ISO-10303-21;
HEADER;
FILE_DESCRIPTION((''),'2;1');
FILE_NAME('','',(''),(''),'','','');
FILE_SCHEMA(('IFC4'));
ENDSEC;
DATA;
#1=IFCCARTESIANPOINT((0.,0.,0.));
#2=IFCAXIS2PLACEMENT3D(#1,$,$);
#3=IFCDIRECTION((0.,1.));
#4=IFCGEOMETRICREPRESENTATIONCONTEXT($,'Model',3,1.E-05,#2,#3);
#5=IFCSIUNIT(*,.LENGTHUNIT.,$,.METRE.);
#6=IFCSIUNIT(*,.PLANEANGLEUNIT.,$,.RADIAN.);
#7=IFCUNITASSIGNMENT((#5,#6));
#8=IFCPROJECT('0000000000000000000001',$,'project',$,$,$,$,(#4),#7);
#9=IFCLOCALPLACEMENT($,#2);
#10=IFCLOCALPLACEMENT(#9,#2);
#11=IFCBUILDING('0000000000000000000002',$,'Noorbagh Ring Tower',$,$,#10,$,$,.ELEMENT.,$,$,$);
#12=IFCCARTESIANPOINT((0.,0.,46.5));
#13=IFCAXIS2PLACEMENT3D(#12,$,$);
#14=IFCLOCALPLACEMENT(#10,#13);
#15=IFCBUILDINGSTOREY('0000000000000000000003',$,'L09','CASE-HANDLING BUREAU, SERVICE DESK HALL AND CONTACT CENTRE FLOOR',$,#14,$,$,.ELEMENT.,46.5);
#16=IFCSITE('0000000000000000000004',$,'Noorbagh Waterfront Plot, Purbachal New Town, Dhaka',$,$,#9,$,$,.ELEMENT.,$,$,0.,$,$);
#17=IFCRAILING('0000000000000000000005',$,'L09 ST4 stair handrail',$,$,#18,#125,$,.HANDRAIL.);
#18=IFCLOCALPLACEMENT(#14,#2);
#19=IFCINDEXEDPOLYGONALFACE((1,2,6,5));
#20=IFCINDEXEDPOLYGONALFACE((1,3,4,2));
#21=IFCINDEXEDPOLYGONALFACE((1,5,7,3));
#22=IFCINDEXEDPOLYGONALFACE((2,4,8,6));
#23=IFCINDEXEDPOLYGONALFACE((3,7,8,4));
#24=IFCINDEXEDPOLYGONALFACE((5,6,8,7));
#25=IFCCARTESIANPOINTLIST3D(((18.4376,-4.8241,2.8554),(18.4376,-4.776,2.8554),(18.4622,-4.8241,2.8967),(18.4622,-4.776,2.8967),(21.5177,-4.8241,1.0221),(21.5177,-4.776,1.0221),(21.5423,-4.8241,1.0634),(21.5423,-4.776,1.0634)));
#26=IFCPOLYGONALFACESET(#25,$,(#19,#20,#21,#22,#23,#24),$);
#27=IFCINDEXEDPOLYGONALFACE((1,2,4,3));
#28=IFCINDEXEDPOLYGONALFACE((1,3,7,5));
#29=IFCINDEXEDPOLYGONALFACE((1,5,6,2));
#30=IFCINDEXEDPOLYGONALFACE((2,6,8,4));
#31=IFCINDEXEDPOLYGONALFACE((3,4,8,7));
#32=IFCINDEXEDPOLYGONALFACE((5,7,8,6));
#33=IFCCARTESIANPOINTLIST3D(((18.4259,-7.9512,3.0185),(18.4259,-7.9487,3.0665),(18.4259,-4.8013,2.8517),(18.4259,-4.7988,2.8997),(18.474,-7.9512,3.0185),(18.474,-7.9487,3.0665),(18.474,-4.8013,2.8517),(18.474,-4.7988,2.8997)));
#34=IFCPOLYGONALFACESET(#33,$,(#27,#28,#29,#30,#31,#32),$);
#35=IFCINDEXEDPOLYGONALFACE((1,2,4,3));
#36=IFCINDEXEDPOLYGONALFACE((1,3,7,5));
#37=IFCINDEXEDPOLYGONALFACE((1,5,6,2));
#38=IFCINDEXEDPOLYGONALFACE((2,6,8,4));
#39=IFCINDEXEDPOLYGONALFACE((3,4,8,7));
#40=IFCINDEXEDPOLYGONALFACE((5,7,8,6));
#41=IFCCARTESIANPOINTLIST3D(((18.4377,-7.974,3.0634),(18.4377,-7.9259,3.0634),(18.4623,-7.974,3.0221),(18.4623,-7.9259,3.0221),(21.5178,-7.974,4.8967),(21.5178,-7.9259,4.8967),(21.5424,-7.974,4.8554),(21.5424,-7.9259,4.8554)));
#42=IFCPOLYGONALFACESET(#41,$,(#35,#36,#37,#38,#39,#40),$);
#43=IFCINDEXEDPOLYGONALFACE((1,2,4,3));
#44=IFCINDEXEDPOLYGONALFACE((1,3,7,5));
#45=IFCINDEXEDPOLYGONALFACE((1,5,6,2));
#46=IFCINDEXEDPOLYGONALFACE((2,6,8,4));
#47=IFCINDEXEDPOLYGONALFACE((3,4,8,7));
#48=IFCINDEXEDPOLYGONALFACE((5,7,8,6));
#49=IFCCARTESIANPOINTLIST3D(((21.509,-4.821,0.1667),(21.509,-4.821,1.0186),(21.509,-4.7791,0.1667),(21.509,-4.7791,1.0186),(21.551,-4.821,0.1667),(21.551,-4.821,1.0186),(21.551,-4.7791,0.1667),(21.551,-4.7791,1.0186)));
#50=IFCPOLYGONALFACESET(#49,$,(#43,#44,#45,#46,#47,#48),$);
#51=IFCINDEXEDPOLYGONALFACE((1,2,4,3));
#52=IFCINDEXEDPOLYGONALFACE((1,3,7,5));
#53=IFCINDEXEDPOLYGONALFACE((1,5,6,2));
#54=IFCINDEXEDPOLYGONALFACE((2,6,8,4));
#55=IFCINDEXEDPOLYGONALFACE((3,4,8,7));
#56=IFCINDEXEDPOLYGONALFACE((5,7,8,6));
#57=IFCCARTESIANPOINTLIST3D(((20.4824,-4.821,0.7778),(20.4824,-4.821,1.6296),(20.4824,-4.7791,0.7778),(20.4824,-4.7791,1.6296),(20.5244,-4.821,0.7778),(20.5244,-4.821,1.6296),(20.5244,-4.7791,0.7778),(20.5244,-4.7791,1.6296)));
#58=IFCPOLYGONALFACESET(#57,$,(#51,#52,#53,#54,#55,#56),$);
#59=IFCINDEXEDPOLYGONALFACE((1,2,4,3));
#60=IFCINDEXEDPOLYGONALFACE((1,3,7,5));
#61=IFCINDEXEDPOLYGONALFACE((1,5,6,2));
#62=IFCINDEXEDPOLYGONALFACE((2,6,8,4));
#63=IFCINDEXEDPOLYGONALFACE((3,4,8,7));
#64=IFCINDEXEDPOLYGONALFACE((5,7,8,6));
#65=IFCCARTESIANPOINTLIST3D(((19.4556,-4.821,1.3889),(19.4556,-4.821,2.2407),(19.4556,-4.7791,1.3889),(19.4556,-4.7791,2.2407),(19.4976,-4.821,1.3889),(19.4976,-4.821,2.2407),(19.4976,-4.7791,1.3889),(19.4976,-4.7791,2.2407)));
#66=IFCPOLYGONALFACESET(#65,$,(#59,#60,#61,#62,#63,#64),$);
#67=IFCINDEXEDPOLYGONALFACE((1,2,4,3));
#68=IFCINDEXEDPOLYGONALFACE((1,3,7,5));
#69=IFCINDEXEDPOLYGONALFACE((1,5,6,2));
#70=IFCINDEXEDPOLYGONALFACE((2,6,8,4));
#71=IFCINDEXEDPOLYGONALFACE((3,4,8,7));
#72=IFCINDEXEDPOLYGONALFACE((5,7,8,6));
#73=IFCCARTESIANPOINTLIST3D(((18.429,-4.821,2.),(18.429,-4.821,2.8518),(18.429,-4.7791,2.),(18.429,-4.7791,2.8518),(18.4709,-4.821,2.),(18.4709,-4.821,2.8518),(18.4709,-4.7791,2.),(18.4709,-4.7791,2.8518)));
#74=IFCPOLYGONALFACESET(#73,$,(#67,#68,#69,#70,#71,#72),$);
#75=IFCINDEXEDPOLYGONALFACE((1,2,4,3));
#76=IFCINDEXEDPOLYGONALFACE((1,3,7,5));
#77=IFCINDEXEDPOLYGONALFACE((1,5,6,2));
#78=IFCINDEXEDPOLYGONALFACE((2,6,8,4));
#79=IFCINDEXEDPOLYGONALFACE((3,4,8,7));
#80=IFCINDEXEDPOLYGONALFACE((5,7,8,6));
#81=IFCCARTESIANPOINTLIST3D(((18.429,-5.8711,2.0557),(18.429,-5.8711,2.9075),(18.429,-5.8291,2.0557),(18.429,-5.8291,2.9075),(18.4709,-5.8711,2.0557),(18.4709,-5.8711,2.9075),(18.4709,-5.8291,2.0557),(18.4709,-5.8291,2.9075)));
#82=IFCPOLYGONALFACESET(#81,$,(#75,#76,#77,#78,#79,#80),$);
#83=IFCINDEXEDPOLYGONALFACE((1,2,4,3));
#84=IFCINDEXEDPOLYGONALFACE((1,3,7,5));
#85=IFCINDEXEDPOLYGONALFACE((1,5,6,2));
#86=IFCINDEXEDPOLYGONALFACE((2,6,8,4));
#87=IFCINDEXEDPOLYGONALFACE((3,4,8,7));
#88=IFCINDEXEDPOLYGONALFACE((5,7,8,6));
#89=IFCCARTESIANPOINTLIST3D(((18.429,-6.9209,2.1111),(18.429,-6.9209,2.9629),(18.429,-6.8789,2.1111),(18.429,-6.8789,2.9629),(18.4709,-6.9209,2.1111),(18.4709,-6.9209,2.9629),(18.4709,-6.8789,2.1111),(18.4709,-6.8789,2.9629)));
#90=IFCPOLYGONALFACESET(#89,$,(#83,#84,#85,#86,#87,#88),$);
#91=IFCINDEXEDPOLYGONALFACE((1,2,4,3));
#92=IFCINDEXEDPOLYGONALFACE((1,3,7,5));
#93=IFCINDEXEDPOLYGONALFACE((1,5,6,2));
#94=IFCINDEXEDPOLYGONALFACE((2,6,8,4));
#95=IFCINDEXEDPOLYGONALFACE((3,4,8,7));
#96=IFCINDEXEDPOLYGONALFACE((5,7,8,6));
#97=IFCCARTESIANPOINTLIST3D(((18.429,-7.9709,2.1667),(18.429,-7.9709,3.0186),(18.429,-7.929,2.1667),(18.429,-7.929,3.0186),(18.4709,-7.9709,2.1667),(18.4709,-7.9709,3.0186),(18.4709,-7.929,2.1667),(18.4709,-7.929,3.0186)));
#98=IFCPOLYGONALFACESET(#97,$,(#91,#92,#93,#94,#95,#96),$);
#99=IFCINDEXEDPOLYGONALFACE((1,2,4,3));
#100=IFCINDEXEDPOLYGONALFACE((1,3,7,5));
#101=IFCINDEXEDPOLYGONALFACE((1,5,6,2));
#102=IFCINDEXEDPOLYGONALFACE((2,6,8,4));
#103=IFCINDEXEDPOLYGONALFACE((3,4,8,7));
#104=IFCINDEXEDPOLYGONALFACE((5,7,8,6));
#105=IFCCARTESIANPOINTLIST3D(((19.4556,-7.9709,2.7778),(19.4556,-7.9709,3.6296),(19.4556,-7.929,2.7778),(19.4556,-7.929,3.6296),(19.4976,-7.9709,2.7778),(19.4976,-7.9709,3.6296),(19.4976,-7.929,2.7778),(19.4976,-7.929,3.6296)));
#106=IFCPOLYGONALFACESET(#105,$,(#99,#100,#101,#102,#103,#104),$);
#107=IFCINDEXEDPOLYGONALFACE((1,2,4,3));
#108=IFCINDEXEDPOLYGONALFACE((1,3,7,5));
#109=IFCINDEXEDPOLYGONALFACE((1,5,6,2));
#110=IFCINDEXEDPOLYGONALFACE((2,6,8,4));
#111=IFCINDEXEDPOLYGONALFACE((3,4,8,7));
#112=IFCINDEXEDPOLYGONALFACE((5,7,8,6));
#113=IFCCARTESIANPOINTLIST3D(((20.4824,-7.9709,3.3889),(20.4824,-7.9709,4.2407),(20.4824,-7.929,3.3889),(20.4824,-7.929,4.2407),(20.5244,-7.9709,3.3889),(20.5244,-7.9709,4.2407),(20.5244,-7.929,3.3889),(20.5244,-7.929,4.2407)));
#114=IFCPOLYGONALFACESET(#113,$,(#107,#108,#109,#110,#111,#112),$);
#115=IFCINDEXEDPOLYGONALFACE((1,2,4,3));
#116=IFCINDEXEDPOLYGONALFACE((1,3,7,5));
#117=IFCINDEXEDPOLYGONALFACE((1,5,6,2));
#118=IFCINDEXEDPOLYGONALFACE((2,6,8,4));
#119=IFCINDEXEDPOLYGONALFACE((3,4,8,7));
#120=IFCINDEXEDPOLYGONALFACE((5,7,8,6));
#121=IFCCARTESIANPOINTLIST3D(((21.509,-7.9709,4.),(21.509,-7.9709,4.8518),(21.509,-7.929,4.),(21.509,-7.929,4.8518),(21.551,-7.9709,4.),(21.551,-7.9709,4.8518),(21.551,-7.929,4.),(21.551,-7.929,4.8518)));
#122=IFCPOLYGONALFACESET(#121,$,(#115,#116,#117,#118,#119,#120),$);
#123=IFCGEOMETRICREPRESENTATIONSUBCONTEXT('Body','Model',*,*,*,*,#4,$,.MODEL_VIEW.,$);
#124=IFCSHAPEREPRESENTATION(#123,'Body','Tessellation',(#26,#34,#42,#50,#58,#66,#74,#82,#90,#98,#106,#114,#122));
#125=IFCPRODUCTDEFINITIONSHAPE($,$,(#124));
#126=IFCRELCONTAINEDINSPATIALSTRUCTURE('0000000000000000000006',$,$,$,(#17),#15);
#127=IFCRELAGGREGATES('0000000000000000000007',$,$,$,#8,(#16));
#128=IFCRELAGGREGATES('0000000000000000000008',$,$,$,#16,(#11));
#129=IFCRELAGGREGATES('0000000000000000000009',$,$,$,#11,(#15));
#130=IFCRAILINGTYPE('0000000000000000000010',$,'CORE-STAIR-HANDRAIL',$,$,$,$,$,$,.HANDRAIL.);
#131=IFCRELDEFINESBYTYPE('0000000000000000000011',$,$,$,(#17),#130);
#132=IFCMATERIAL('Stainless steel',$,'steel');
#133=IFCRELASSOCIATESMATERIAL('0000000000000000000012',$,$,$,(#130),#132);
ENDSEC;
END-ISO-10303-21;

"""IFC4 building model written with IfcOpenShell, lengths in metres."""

from ifc_helpers import new_model, si_unit, direction, frame, origin, origin_2d, place, context, subcontext, project, spatial, rectangle, extrude, material, type_object, element, save


model = new_model("IFC4")

# Units and contexts
model_context = context("Model", 3, precision=1e-05, world=origin(), true_north=direction((0.0, 1.0)))
body_context = subcontext(model_context, "Body", "Model", "MODEL_VIEW")
ifc_project = project(units=[si_unit("LENGTHUNIT", "METRE"), si_unit("PLANEANGLEUNIT", "RADIAN")], contexts=[model_context])

# Site, building, storey
site_placement = place(None, origin())
site = spatial("IfcSite", under=ifc_project, at=site_placement, Name="Noorbagh Waterfront Plot, Purbachal New Town, Dhaka", CompositionType="ELEMENT", RefElevation=0.0)
building_placement = place(site_placement, origin())
building = spatial("IfcBuilding", under=site, at=building_placement, Name="Noorbagh Ring Tower", CompositionType="ELEMENT")
storey_placement = place(building_placement, frame((0.0, 0.0, 46.5)))
storey = spatial("IfcBuildingStorey", under=building, at=storey_placement, Name="L09", Description="CASE-HANDLING BUREAU, SERVICE DESK HALL AND CONTACT CENTRE FLOOR", CompositionType="ELEMENT", Elevation=46.5)

# Railing
ifc_material_1 = material(Name="Stainless steel", Category="steel")
railing_type_1 = type_object("IfcRailingType", Name="CORE-STAIR-HANDRAIL", PredefinedType="HANDRAIL", material=ifc_material_1)
railing_1_placement = place(storey_placement, frame((21.53, -4.8, 0.1667)))
element("IfcRailing", 1, at=railing_1_placement, inside=storey, type_object=railing_type_1, Name="L09 ST4 stair handrail", PredefinedType="HANDRAIL", context=body_context, shape_type="SweptSolid", body=[
    extrude(rectangle(XDim=0.0481, YDim=0.0481, at=origin_2d()), frame((0.0, 0.0, 0.876), z_axis=(-0.859309, 0.0, 0.511458), x_axis=(0.0, -1.0, 0.0)), (0.0, 0.0, 1.0), 3.5845),
    extrude(rectangle(XDim=0.0481, YDim=0.0481, at=origin_2d()), frame((-3.0801, 0.0, 2.709), z_axis=(0.0, -0.998602, 0.052864), x_axis=(1.0, 0.0, 0.0)), (0.0, 0.0, 1.0), 3.1543),
    extrude(rectangle(XDim=0.0481, YDim=0.0481, at=origin_2d()), frame((-3.0801, -3.1499, 2.876), z_axis=(0.859309, 0.0, 0.511458), x_axis=(0.0, 1.0, 0.0)), (0.0, 0.0, 1.0), 3.5845),
    extrude(rectangle(XDim=0.042, YDim=0.042, at=origin_2d()), origin(), (0.0, 0.0, 1.0), 0.8518),
    extrude(rectangle(XDim=0.042, YDim=0.042, at=origin_2d()), frame((-1.0266, 0.0, 0.6111)), (0.0, 0.0, 1.0), 0.8518),
    extrude(rectangle(XDim=0.042, YDim=0.042, at=origin_2d()), frame((-2.0535, 0.0, 1.2222)), (0.0, 0.0, 1.0), 0.8518),
    extrude(rectangle(XDim=0.042, YDim=0.042, at=origin_2d()), frame((-3.0801, 0.0, 1.8333)), (0.0, 0.0, 1.0), 0.8518),
    extrude(rectangle(XDim=0.042, YDim=0.042, at=origin_2d()), frame((-3.0801, -1.05, 1.8889)), (0.0, 0.0, 1.0), 0.8518),
    extrude(rectangle(XDim=0.042, YDim=0.042, at=origin_2d()), frame((-3.0801, -2.0999, 1.9443)), (0.0, 0.0, 1.0), 0.8518),
    extrude(rectangle(XDim=0.042, YDim=0.042, at=origin_2d()), frame((-3.0801, -3.1499, 2.0)), (0.0, 0.0, 1.0), 0.8518),
    extrude(rectangle(XDim=0.042, YDim=0.042, at=origin_2d()), frame((-2.0535, -3.1499, 2.6111)), (0.0, 0.0, 1.0), 0.8518),
    extrude(rectangle(XDim=0.042, YDim=0.042, at=origin_2d()), frame((-1.0266, -3.1499, 3.2222)), (0.0, 0.0, 1.0), 0.8518),
    extrude(rectangle(XDim=0.042, YDim=0.042, at=origin_2d()), frame((0.0, -3.1499, 3.8333)), (0.0, 0.0, 1.0), 0.8518),
])

save(model, "model.ifc")
